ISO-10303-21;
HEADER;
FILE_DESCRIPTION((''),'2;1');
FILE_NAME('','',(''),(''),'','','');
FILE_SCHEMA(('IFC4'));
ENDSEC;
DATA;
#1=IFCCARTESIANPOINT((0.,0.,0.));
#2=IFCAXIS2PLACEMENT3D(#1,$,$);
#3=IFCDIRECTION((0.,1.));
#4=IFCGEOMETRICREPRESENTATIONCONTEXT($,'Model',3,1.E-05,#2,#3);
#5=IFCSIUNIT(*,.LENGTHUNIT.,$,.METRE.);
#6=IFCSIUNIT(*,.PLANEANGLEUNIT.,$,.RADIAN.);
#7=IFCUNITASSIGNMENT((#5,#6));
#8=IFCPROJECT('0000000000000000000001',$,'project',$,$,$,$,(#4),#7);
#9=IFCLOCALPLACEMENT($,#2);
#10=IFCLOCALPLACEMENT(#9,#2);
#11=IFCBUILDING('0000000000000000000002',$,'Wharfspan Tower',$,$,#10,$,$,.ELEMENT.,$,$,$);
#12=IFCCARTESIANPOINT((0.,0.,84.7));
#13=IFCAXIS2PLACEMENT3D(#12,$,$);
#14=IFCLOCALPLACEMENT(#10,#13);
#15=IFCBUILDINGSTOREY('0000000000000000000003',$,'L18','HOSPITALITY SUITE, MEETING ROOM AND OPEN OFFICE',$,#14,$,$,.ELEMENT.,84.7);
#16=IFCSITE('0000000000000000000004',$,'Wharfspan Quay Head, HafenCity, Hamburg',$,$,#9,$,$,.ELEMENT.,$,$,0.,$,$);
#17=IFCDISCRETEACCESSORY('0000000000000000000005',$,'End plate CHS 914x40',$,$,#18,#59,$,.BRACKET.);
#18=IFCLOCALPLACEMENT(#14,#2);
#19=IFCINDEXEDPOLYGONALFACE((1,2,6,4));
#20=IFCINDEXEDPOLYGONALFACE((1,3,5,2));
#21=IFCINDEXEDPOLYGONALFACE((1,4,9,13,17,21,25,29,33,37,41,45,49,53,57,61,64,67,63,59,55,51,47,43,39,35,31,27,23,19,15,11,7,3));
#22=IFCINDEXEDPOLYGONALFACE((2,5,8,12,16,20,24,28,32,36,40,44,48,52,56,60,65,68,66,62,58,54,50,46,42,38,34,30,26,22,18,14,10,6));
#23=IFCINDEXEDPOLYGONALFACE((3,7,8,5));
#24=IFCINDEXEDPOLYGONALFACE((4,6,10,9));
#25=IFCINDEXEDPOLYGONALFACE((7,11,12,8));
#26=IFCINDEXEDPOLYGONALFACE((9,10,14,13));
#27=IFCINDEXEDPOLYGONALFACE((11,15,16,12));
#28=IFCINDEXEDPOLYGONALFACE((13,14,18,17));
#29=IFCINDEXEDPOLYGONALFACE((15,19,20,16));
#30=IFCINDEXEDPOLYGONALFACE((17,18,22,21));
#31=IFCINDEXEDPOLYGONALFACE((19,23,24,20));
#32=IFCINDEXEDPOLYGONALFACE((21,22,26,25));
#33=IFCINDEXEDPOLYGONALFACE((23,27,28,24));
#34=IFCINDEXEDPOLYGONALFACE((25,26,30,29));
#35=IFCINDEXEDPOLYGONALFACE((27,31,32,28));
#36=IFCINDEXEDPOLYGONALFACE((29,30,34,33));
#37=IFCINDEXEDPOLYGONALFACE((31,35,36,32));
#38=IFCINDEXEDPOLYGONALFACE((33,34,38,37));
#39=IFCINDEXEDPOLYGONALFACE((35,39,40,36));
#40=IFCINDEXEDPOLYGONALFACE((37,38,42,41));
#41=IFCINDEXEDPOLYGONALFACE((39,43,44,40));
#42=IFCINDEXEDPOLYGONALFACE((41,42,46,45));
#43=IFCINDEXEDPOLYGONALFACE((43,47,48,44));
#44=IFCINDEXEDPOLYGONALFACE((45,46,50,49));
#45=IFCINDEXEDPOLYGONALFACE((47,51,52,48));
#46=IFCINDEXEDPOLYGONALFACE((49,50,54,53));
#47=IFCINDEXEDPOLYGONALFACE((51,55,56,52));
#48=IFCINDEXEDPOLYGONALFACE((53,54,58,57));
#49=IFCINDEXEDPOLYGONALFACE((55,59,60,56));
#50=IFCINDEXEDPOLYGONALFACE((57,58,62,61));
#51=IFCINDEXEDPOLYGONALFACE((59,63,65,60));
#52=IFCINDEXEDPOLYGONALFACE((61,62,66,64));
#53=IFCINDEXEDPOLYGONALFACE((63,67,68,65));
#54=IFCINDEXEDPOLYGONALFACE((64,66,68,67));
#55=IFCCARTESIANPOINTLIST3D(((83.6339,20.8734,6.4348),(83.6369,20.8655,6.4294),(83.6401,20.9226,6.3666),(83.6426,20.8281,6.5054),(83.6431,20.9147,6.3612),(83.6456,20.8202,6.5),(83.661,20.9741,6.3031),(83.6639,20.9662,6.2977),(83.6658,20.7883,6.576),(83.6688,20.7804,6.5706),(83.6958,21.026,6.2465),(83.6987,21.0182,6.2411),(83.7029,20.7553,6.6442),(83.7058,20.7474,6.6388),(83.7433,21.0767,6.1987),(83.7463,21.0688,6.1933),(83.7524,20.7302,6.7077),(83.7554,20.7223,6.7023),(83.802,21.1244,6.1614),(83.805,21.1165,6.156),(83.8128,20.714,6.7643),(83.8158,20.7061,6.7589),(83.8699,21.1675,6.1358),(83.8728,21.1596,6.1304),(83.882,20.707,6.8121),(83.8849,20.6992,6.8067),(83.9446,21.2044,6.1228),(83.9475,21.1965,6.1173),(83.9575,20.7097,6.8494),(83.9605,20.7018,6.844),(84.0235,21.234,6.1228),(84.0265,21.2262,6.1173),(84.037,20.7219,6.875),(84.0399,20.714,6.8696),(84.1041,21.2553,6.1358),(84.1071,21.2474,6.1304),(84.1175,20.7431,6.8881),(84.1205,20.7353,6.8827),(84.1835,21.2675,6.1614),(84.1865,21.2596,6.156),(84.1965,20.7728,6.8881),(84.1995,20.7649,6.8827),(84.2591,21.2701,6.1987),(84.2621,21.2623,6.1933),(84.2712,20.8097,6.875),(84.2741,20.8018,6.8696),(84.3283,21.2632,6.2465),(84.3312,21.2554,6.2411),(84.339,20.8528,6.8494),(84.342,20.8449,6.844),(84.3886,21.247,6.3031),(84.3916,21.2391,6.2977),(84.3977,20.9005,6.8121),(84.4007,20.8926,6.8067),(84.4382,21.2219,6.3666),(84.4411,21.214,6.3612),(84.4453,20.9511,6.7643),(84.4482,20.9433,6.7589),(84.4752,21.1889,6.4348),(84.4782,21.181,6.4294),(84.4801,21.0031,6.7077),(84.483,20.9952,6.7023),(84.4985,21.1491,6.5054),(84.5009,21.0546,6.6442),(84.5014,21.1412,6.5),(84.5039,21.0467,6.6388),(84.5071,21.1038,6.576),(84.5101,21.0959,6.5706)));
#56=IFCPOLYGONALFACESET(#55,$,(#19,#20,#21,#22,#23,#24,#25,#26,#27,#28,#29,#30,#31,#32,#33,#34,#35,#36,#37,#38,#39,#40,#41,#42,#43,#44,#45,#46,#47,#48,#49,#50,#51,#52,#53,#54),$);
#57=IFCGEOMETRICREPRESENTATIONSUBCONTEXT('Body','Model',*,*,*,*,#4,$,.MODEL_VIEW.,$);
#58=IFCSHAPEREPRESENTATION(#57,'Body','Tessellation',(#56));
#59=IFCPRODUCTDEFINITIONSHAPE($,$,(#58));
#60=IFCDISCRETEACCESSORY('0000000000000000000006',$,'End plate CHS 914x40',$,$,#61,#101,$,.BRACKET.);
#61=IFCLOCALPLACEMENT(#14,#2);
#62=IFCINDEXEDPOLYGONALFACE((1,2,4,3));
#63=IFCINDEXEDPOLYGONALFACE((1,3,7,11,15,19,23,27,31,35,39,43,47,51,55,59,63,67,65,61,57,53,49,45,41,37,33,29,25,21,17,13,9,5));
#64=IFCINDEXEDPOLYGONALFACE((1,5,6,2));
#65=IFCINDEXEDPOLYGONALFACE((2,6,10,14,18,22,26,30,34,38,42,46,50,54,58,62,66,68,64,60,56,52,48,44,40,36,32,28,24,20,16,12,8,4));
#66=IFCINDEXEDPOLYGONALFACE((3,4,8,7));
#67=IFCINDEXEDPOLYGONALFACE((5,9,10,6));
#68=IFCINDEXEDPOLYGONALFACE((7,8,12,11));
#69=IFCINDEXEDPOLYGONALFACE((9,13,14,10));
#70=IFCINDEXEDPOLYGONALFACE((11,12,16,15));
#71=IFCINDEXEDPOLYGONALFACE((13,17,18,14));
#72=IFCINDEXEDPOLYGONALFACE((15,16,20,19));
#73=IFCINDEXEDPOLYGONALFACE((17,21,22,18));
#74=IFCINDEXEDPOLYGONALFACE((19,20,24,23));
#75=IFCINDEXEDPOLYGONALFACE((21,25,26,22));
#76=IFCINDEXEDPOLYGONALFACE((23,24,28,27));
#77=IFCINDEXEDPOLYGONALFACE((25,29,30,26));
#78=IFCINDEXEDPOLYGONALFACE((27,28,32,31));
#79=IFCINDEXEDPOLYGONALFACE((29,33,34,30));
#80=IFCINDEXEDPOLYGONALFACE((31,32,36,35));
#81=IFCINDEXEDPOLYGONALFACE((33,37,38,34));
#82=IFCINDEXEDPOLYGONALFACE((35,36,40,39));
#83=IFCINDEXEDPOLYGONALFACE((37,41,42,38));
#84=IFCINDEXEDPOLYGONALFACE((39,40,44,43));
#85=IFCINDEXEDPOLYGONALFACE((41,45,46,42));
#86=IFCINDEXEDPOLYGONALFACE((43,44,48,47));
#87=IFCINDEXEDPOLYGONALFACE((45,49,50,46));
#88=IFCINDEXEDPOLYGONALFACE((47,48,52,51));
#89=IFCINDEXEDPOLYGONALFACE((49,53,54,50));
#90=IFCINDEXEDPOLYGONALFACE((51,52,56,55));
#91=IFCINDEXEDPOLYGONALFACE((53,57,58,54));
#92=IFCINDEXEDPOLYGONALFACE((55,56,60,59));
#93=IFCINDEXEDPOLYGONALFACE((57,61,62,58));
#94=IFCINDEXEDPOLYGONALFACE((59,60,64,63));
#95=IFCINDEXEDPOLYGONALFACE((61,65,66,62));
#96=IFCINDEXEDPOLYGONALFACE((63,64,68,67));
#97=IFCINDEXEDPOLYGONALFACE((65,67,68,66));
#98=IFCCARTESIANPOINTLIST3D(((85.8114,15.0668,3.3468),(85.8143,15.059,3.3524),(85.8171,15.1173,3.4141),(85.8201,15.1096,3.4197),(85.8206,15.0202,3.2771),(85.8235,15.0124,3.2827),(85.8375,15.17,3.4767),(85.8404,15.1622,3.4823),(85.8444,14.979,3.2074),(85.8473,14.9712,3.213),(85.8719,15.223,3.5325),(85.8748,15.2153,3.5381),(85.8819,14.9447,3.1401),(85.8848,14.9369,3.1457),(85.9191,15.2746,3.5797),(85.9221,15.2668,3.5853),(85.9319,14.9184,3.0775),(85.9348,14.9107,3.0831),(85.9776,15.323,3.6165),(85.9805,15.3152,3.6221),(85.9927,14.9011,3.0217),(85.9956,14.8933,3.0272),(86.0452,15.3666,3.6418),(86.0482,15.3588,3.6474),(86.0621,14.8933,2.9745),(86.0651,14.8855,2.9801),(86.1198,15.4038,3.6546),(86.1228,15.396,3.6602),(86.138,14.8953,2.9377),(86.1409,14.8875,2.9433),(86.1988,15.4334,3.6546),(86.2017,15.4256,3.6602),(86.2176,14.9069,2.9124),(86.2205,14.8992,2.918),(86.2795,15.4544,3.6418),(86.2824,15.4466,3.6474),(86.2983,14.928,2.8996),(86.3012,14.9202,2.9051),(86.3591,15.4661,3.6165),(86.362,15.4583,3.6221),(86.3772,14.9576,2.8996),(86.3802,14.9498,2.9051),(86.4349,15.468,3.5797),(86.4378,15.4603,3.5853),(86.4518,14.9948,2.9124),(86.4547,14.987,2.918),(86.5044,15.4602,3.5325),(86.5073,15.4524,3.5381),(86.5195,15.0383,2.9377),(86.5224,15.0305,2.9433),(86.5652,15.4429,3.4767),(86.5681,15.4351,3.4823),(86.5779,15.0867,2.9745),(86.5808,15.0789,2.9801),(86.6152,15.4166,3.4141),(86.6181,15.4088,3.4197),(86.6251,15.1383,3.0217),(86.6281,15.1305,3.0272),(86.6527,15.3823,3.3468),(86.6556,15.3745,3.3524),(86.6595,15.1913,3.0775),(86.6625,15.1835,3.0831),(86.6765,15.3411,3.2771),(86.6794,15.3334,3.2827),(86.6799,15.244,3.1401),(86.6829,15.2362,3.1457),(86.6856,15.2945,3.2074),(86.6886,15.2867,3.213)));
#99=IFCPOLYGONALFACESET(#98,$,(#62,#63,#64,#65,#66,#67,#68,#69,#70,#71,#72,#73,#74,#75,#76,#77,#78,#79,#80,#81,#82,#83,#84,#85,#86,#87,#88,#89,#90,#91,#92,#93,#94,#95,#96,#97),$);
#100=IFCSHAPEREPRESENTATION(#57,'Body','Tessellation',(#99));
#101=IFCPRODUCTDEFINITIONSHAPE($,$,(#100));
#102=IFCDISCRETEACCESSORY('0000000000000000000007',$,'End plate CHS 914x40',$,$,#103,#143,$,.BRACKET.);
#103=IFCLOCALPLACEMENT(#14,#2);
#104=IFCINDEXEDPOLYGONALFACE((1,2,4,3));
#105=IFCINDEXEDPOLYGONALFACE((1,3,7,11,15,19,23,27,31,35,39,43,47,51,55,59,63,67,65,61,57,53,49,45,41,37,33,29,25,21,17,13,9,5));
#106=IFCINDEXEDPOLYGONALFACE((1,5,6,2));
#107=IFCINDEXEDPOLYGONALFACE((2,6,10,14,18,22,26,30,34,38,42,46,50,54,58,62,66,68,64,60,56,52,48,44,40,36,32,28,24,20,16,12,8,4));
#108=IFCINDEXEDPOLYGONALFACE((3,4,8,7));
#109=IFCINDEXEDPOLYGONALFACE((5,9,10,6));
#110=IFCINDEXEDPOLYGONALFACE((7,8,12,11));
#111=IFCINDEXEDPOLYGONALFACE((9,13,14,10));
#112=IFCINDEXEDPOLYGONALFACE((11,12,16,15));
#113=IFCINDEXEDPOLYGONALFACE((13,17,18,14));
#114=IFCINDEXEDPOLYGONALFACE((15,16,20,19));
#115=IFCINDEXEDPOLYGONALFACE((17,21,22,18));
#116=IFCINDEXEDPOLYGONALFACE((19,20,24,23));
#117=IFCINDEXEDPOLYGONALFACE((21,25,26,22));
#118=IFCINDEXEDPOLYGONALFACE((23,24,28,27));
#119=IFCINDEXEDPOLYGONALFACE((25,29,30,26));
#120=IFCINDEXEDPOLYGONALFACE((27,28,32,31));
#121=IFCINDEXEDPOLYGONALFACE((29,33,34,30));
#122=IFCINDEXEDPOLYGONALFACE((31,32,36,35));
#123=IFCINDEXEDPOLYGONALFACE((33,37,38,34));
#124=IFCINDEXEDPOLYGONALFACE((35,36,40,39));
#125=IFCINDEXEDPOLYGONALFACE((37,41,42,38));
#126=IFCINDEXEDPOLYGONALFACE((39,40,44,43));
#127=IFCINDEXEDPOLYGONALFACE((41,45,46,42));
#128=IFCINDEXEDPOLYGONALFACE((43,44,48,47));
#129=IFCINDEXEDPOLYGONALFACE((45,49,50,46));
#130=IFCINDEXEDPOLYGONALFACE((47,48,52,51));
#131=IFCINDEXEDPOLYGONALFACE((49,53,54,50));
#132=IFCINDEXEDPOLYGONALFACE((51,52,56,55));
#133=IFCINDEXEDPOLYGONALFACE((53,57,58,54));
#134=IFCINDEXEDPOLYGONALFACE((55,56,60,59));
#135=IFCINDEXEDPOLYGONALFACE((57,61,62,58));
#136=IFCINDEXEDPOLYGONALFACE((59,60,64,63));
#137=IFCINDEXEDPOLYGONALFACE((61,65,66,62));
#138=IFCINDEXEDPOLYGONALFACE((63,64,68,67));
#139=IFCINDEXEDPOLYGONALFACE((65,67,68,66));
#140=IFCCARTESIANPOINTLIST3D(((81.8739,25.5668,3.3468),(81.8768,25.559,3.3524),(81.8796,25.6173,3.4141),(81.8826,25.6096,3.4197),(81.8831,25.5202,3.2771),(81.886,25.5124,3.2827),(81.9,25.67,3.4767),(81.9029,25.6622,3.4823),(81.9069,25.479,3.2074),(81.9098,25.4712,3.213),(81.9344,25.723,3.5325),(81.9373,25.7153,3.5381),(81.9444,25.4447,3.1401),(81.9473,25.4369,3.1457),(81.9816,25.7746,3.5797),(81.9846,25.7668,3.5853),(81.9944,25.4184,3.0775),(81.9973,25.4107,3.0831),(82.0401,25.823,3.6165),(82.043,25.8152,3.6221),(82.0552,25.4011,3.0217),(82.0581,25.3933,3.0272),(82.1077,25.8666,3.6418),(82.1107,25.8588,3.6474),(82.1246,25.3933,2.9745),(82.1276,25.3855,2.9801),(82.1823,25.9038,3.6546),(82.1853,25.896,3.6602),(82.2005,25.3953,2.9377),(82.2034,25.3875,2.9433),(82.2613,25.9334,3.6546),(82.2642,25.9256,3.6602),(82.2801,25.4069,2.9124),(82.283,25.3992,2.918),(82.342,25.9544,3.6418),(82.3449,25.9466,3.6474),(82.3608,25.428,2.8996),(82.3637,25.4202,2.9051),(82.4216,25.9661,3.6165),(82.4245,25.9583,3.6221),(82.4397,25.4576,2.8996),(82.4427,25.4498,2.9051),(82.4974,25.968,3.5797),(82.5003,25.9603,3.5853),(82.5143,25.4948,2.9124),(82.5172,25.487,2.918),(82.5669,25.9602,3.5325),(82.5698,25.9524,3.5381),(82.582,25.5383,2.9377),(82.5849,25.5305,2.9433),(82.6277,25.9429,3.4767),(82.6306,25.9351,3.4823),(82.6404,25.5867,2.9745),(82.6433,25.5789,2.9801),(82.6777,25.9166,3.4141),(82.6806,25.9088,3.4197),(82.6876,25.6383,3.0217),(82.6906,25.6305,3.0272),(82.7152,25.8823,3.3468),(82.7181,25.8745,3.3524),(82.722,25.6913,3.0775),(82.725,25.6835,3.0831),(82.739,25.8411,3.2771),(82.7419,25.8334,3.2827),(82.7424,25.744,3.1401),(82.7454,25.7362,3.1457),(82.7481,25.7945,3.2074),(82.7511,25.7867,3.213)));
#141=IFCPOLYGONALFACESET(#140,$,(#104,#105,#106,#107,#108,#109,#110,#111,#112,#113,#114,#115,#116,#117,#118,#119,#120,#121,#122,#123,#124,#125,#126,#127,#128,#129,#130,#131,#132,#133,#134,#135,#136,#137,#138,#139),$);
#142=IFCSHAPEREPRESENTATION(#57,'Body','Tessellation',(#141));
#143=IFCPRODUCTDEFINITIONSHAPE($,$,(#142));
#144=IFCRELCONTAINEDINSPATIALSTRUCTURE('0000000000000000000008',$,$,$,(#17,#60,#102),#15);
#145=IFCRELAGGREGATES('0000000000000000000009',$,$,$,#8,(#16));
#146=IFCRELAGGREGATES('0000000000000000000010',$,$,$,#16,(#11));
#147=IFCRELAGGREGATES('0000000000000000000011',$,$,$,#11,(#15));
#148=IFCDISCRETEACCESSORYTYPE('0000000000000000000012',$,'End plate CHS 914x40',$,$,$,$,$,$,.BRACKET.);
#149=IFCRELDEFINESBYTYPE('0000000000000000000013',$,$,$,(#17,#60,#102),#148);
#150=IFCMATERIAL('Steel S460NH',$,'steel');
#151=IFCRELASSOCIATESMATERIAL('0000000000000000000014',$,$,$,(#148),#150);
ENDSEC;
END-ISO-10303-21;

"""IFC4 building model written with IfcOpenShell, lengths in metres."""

from ifc_helpers import new_model, si_unit, direction, frame, origin, origin_2d, place, context, subcontext, project, spatial, circle, extrude, material, material_profile, profile_set, type_object, element, save


model = new_model("IFC4")

# Units and contexts
model_context = context("Model", 3, precision=1e-05, world=origin(), true_north=direction((0.0, 1.0)))
body_context = subcontext(model_context, "Body", "Model", "MODEL_VIEW")
ifc_project = project(units=[si_unit("LENGTHUNIT", "METRE"), si_unit("PLANEANGLEUNIT", "RADIAN")], contexts=[model_context])

# Site, building, storey
site_placement = place(None, origin())
site = spatial("IfcSite", under=ifc_project, at=site_placement, Name="Wharfspan Quay Head, HafenCity, Hamburg", CompositionType="ELEMENT", RefElevation=0.0)
building_placement = place(site_placement, origin())
building = spatial("IfcBuilding", under=site, at=building_placement, Name="Wharfspan Tower", CompositionType="ELEMENT")
storey_placement = place(building_placement, frame((0.0, 0.0, 84.7)))
storey = spatial("IfcBuildingStorey", under=building, at=storey_placement, Name="L18", Description="HOSPITALITY SUITE, MEETING ROOM AND OPEN OFFICE", CompositionType="ELEMENT", Elevation=84.7)

# Shared definitions
ifc_material_1 = material(Name="Steel S460NH", Category="steel")

# Discrete accessories
ifc_material_profile_1 = material_profile(ifc_material_1, circle(Radius=0.457, at=origin_2d()))
ifc_profile_set_1 = profile_set([ifc_material_profile_1], Name="Steel S460NH")
discrete_accessory_type = type_object("IfcDiscreteAccessoryType", Name="End plate CHS 914x40", PredefinedType="BRACKET", material=ifc_profile_set_1)
for number, where, z_axis, x_axis, name in (
    (1, (84.0735, 20.9807, 6.5), (-0.295241, 0.787309, 0.541275), (-0.936333, -0.351125, 0.0), "End plate CHS 914x40"),
    (2, (86.2485, 15.1807, 3.2771), (0.2913, -0.7768, 0.558325), (0.936328, 0.351123, 0.0), "End plate CHS 914x40"),
    (3, (82.311, 25.6807, 3.2771), (0.2913, -0.7768, 0.558325), (0.936328, 0.351123, 0.0), "End plate CHS 914x40"),
):
    element("IfcDiscreteAccessory", number, at=place(storey_placement, frame(where, z_axis=z_axis, x_axis=x_axis)), inside=storey, type_object=discrete_accessory_type, Name=name, PredefinedType="BRACKET", context=body_context, shape_type="SweptSolid", body=[
        extrude(circle(Radius=0.457, at=origin_2d()), origin(), (0.0, 0.0, 1.0), 0.01),
    ])

save(model, "model.ifc")
